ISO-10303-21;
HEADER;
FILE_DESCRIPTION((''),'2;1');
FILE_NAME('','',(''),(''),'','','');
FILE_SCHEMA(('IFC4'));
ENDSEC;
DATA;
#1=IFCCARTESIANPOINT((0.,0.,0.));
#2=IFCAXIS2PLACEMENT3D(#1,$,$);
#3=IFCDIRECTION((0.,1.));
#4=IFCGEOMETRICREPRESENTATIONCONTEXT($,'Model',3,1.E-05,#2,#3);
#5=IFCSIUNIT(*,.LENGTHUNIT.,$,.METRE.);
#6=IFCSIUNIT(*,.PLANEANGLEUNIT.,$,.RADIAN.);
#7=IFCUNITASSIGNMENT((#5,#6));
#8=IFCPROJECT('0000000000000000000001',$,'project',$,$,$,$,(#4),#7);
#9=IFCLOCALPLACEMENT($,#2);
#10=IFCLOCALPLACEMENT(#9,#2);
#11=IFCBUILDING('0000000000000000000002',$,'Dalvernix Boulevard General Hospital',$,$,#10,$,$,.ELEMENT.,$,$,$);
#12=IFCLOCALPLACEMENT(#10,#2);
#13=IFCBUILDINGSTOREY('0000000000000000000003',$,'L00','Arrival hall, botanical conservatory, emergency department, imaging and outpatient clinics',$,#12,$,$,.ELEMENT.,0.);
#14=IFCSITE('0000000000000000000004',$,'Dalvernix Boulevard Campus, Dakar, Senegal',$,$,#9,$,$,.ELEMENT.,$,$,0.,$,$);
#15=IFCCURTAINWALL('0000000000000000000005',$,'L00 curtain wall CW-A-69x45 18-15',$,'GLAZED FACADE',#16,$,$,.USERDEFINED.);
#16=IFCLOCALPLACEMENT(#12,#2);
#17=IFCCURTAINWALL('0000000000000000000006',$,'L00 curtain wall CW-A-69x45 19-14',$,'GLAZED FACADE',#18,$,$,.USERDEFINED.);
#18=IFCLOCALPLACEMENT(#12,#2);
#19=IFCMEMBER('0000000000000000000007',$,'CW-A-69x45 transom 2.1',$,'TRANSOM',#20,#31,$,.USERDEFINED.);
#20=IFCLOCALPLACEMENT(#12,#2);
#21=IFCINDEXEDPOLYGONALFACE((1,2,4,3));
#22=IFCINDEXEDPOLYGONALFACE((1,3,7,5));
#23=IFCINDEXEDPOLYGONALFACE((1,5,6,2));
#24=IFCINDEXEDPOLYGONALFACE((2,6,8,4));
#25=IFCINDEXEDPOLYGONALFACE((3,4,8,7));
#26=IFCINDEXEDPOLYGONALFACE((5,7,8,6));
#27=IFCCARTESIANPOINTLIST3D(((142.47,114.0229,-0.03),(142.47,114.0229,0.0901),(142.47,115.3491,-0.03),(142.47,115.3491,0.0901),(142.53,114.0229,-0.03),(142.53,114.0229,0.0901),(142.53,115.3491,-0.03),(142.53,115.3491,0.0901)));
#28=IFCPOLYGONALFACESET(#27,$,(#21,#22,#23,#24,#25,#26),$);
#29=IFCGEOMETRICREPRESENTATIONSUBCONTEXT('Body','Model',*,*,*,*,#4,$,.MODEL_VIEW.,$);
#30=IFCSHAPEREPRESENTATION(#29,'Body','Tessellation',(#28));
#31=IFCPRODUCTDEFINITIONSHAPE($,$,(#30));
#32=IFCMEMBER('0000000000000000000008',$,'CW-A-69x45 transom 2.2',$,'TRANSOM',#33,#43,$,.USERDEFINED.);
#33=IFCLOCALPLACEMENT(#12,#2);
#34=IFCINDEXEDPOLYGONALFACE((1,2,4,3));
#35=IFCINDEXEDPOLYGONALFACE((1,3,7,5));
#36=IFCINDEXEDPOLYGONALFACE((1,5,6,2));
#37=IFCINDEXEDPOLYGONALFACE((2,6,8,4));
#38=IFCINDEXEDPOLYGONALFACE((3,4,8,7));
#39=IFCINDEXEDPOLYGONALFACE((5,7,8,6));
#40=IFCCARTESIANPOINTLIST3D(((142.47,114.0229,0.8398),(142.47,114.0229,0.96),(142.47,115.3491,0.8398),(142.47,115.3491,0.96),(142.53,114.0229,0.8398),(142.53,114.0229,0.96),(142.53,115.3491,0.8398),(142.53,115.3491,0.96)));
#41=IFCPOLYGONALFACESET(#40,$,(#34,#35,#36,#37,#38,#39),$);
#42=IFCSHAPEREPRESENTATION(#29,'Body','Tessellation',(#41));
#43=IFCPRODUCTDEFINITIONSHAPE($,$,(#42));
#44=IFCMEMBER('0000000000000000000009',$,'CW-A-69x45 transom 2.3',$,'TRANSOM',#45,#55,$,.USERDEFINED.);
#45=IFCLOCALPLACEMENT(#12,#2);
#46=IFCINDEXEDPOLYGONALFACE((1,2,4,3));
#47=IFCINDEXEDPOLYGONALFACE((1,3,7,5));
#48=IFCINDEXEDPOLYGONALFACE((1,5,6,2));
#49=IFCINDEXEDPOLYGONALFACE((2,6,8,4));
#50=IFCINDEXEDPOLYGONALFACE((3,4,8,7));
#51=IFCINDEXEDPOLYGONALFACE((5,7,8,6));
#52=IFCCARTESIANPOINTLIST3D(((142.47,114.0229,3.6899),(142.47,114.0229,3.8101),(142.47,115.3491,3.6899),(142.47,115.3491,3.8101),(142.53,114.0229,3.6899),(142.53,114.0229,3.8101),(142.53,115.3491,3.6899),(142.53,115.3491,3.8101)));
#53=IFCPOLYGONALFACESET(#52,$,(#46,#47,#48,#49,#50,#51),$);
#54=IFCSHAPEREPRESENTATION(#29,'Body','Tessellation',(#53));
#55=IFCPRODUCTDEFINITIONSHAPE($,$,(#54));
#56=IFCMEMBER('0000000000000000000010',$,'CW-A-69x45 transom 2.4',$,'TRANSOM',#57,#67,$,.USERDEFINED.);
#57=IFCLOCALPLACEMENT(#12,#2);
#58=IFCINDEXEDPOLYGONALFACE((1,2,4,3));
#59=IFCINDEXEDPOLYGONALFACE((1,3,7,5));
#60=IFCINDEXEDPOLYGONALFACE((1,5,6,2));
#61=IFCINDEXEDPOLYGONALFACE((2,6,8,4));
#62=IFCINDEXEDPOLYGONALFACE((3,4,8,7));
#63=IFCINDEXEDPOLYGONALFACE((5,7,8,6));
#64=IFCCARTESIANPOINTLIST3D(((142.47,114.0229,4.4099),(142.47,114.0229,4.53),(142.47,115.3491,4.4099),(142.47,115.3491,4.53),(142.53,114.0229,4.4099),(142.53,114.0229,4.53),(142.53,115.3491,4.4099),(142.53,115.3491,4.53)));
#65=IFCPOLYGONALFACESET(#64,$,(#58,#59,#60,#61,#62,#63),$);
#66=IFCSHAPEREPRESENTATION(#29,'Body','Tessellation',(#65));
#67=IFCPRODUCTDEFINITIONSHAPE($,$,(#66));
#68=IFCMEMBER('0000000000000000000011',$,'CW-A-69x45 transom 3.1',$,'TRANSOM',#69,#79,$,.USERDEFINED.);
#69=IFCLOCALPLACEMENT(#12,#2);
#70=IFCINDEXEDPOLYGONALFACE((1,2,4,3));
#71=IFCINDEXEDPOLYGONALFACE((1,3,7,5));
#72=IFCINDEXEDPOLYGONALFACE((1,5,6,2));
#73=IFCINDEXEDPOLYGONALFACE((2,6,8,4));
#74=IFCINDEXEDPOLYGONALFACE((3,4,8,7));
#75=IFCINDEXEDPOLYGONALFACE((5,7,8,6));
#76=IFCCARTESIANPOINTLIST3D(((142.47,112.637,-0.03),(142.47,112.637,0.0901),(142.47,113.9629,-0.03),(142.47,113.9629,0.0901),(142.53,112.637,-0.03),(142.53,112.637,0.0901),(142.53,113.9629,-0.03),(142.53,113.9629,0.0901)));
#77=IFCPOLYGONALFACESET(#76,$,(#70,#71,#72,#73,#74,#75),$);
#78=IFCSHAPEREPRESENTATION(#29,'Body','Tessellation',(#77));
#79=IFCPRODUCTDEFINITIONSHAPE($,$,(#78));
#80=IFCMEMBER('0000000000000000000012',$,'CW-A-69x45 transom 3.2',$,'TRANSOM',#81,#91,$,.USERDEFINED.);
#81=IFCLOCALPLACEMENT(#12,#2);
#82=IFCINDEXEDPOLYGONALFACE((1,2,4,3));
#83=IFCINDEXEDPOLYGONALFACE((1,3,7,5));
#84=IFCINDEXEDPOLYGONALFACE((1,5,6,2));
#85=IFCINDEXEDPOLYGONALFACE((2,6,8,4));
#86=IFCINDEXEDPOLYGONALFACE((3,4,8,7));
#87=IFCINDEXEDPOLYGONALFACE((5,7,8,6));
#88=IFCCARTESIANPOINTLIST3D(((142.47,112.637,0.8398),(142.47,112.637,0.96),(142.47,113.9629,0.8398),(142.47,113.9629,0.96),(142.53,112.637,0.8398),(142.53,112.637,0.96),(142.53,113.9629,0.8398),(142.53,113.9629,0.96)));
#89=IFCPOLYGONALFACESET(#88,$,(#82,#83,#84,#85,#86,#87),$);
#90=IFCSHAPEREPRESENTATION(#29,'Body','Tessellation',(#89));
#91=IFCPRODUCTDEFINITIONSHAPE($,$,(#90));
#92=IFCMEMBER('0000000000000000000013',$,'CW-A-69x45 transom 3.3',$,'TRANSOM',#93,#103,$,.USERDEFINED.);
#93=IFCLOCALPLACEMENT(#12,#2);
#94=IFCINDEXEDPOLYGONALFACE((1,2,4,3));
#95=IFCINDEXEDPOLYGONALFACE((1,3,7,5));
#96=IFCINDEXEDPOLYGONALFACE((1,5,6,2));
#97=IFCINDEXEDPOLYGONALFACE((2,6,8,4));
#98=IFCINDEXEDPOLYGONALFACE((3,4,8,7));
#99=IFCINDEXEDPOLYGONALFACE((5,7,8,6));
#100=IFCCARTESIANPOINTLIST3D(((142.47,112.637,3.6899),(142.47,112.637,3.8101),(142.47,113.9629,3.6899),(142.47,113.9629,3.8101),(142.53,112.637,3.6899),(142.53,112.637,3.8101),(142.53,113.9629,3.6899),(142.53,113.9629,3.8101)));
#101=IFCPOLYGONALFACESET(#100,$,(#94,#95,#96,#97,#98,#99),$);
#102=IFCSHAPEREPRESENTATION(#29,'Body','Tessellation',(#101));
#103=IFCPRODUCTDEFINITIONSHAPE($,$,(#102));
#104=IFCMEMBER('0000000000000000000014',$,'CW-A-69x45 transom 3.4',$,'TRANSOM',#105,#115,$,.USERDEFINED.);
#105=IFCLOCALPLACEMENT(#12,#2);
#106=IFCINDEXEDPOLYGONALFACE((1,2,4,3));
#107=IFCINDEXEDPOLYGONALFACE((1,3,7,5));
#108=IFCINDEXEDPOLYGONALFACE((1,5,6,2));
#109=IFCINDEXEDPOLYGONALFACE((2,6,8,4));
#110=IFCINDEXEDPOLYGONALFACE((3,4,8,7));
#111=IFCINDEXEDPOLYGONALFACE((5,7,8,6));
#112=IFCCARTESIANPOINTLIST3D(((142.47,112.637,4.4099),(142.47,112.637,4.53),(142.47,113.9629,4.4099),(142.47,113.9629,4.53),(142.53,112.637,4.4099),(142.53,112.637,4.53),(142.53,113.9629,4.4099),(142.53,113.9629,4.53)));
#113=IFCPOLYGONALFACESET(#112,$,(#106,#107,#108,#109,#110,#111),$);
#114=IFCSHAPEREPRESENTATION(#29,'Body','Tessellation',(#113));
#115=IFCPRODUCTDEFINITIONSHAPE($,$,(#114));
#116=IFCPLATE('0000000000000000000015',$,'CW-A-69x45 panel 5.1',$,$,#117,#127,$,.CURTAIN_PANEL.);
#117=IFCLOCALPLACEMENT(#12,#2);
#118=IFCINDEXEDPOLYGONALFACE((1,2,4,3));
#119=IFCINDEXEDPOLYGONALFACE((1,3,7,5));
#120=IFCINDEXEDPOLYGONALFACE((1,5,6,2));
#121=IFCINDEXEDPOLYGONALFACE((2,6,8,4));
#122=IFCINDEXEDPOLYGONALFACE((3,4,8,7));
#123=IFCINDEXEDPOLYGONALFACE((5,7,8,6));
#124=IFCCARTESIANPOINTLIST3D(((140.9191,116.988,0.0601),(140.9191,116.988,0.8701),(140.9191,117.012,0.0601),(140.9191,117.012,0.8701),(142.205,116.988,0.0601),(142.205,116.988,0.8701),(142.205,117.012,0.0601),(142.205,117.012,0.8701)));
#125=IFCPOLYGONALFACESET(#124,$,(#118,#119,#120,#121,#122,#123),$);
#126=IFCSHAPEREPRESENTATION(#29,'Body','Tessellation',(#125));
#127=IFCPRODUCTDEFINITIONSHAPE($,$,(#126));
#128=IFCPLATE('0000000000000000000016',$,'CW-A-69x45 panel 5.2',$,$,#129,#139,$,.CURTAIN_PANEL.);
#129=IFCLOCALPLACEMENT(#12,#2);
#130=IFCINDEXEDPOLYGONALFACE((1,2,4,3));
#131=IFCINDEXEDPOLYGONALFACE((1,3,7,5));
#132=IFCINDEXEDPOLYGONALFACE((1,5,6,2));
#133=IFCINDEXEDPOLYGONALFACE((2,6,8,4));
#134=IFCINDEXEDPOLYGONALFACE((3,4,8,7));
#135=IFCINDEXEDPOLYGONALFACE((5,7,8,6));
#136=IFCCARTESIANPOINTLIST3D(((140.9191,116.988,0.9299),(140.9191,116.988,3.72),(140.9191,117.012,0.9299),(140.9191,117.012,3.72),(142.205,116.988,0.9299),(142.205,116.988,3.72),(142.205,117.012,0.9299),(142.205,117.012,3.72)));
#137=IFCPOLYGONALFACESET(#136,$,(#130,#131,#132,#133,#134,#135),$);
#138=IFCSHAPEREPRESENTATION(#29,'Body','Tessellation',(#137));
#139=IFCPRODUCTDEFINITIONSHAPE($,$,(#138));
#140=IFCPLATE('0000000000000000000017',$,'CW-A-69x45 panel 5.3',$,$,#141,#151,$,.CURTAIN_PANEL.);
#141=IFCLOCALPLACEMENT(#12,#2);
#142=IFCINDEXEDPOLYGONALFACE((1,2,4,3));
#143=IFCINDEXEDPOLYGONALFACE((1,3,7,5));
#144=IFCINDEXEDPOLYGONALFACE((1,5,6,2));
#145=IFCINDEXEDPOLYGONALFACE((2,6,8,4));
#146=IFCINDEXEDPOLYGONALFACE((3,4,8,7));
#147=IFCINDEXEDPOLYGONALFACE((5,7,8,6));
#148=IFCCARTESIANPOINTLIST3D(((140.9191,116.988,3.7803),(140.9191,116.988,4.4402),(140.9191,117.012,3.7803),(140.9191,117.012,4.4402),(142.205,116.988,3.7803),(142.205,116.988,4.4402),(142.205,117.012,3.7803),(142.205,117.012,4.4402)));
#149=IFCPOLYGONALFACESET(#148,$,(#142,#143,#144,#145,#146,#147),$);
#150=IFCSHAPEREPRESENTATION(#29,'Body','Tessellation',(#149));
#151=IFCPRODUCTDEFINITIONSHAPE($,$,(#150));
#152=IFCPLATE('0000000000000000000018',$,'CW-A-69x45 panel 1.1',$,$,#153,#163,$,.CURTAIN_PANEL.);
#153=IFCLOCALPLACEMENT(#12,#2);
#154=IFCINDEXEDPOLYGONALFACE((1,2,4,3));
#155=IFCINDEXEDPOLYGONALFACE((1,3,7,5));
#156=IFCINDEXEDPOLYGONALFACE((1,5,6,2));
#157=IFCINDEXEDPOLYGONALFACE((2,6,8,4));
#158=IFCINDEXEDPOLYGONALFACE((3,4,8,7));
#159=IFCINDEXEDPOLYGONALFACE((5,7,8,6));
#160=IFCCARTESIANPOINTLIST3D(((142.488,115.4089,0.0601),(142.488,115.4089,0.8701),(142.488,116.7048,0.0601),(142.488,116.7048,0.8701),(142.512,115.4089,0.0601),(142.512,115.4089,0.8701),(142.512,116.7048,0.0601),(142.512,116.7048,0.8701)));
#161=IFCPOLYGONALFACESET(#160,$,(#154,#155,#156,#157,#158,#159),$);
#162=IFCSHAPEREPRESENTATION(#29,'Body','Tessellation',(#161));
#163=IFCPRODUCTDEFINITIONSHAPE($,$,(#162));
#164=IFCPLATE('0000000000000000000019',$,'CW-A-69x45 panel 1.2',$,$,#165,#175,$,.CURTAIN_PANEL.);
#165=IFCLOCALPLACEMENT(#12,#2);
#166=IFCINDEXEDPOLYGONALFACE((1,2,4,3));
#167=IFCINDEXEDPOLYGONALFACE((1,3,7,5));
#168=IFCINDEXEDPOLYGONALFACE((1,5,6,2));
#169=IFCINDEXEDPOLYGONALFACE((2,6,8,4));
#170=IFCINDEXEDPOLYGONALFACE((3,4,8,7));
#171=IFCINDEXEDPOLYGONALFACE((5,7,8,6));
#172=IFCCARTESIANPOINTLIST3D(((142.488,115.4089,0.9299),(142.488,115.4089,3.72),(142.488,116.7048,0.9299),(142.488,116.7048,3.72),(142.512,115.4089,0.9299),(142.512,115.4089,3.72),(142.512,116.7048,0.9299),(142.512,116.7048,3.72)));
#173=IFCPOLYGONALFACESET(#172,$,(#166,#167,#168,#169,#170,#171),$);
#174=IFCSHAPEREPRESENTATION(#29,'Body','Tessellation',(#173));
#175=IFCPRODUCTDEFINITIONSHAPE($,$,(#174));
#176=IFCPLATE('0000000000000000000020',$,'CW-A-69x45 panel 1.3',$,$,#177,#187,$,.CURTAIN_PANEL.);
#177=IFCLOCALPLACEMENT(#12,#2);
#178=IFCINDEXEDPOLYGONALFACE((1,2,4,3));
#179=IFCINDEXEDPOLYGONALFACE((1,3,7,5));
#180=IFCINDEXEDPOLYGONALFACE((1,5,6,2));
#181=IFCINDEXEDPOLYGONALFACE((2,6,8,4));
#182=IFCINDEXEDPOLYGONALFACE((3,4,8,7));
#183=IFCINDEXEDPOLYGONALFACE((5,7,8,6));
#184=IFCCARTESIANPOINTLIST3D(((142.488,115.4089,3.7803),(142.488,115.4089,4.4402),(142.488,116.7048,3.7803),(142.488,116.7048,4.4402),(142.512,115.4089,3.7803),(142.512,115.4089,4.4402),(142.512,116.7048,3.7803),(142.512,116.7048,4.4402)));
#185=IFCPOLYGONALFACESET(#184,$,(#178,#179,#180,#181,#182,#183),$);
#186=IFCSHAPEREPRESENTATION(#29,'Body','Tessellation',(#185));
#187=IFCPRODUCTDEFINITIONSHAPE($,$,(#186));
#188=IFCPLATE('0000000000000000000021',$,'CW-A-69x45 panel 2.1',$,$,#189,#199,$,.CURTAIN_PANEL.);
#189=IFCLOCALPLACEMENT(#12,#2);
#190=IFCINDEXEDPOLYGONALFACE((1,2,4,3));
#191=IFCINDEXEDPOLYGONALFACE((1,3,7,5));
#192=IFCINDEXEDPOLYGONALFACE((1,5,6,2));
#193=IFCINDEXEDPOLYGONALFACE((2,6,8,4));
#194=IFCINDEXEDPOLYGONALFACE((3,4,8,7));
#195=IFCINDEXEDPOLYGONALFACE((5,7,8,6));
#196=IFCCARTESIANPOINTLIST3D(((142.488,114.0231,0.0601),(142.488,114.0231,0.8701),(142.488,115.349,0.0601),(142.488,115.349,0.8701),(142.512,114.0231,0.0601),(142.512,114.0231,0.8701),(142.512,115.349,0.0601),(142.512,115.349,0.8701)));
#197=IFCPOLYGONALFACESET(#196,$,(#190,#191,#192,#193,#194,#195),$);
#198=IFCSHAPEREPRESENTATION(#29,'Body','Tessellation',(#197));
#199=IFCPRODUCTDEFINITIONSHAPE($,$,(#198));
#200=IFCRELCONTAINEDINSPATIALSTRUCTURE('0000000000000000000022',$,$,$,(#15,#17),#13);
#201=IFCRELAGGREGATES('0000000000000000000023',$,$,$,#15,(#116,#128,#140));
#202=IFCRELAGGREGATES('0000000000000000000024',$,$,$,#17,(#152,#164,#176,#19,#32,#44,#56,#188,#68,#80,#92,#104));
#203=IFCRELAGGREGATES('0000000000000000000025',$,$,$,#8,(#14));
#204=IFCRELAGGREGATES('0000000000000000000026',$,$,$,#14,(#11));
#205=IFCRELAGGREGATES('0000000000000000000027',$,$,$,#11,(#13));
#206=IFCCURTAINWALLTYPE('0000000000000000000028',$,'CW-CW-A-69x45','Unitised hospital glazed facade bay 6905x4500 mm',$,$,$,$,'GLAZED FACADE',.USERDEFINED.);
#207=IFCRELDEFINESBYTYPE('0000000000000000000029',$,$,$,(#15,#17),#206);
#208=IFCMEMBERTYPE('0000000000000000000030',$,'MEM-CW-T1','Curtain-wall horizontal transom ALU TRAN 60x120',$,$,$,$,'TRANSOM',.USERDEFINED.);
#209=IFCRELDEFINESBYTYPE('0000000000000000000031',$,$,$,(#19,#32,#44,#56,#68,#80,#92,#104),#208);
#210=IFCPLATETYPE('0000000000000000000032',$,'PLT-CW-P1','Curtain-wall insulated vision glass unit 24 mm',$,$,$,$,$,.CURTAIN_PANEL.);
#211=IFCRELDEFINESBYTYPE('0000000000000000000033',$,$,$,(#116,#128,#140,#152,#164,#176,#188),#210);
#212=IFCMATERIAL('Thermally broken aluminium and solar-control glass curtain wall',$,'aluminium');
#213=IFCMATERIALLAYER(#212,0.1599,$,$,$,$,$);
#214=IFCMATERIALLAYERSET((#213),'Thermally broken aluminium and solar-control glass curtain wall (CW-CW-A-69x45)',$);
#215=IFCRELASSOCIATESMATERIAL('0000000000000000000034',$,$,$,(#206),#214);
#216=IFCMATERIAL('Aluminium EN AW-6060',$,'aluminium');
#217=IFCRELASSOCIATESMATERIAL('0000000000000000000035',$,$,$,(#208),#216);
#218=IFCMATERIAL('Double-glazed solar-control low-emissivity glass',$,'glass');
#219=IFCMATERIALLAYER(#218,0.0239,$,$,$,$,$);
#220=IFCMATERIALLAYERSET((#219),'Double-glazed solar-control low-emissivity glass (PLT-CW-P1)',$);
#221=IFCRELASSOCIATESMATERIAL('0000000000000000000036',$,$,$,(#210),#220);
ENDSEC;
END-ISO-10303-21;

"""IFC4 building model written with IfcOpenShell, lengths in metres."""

from ifc_helpers import new_model, si_unit, direction, frame, origin, origin_2d, place, context, subcontext, project, spatial, rectangle, extrude, material, layer, layer_set, material_profile, profile_set, type_object, element, aggregate, save


model = new_model("IFC4")

# Units and contexts
model_context = context("Model", 3, precision=1e-05, world=origin(), true_north=direction((0.0, 1.0)))
body_context = subcontext(model_context, "Body", "Model", "MODEL_VIEW")
ifc_project = project(units=[si_unit("LENGTHUNIT", "METRE"), si_unit("PLANEANGLEUNIT", "RADIAN")], contexts=[model_context])

# Site, building, storey
site_placement = place(None, origin())
site = spatial("IfcSite", under=ifc_project, at=site_placement, Name="Dalvernix Boulevard Campus, Dakar, Senegal", CompositionType="ELEMENT", RefElevation=0.0)
building_placement = place(site_placement, origin())
building = spatial("IfcBuilding", under=site, at=building_placement, Name="Dalvernix Boulevard General Hospital", CompositionType="ELEMENT")
storey_placement = place(building_placement, origin())
storey = spatial("IfcBuildingStorey", under=building, at=storey_placement, Name="L00", Description="Arrival hall, botanical conservatory, emergency department, imaging and outpatient clinics", CompositionType="ELEMENT", Elevation=0.0)

# Curtain wall
ifc_material_1 = material(Name="Thermally broken aluminium and solar-control glass curtain wall", Category="aluminium")
ifc_layer_1 = layer(ifc_material_1, 0.1599)
ifc_layer_set_1 = layer_set([ifc_layer_1], Name="Thermally broken aluminium and solar-control glass curtain wall (CW-CW-A-69x45)")
curtain_wall_type = type_object("IfcCurtainWallType", Name="CW-CW-A-69x45", Description="Unitised hospital glazed facade bay 6905x4500 mm", ElementType="GLAZED FACADE", PredefinedType="USERDEFINED", material=ifc_layer_set_1)
curtain_wall_1_placement = place(storey_placement, origin())
curtain_wall_1 = element("IfcCurtainWall", 1, at=curtain_wall_1_placement, inside=storey, type_object=curtain_wall_type, Name="L00 curtain wall CW-A-69x45 18-15", ObjectType="GLAZED FACADE", PredefinedType="USERDEFINED")
ifc_material_2 = material(Name="Aluminium EN AW-6060", Category="aluminium")

# Curtain wall
curtain_wall_2_placement = place(storey_placement, origin())
curtain_wall_2 = element("IfcCurtainWall", 2, at=curtain_wall_2_placement, inside=storey, type_object=curtain_wall_type, Name="L00 curtain wall CW-A-69x45 19-14", ObjectType="GLAZED FACADE", PredefinedType="USERDEFINED")

# Members
ifc_material_profile_1 = material_profile(ifc_material_2, rectangle(XDim=0.0601, YDim=0.1201, at=origin_2d()), Name="ALU TRAN 60x120")
ifc_profile_set_1 = profile_set([ifc_material_profile_1], Name="Aluminium EN AW-6060")
member_type_1 = type_object("IfcMemberType", Name="MEM-CW-T1", Description="Curtain-wall horizontal transom ALU TRAN 60x120", ElementType="TRANSOM", PredefinedType="USERDEFINED", material=ifc_profile_set_1)
member_1_placement = place(storey_placement, frame((142.5, 115.3491, 0.03), z_axis=(0.0, -1.0, 0.0), x_axis=(1.0, 0.0, 0.0)))
member_1 = element("IfcMember", 3, at=member_1_placement, type_object=member_type_1, Name="CW-A-69x45 transom 2.1", ObjectType="TRANSOM", PredefinedType="USERDEFINED", context=body_context, shape_type="SweptSolid", body=[
    extrude(rectangle(XDim=0.0601, YDim=0.1201, at=origin_2d()), origin(), (0.0, 0.0, 1.0), 1.3262),
])
member_2_placement = place(storey_placement, frame((142.5, 115.3491, 0.8999), z_axis=(0.0, -1.0, 0.0), x_axis=(1.0, 0.0, 0.0)))
member_2 = element("IfcMember", 4, at=member_2_placement, type_object=member_type_1, Name="CW-A-69x45 transom 2.2", ObjectType="TRANSOM", PredefinedType="USERDEFINED", context=body_context, shape_type="SweptSolid", body=[
    extrude(rectangle(XDim=0.0601, YDim=0.1201, at=origin_2d()), origin(), (0.0, 0.0, 1.0), 1.3262),
])
member_3_placement = place(storey_placement, frame((142.5, 115.3491, 3.75), z_axis=(0.0, -1.0, 0.0), x_axis=(1.0, 0.0, 0.0)))
member_3 = element("IfcMember", 5, at=member_3_placement, type_object=member_type_1, Name="CW-A-69x45 transom 2.3", ObjectType="TRANSOM", PredefinedType="USERDEFINED", context=body_context, shape_type="SweptSolid", body=[
    extrude(rectangle(XDim=0.0601, YDim=0.1201, at=origin_2d()), origin(), (0.0, 0.0, 1.0), 1.3262),
])
member_4_placement = place(storey_placement, frame((142.5, 115.3491, 4.47), z_axis=(0.0, -1.0, 0.0), x_axis=(1.0, 0.0, 0.0)))
member_4 = element("IfcMember", 6, at=member_4_placement, type_object=member_type_1, Name="CW-A-69x45 transom 2.4", ObjectType="TRANSOM", PredefinedType="USERDEFINED", context=body_context, shape_type="SweptSolid", body=[
    extrude(rectangle(XDim=0.0601, YDim=0.1201, at=origin_2d()), origin(), (0.0, 0.0, 1.0), 1.3262),
])
member_5_placement = place(storey_placement, frame((142.5, 113.9629, 0.03), z_axis=(0.0, -1.0, 0.0), x_axis=(1.0, 0.0, 0.0)))
member_5 = element("IfcMember", 7, at=member_5_placement, type_object=member_type_1, Name="CW-A-69x45 transom 3.1", ObjectType="TRANSOM", PredefinedType="USERDEFINED", context=body_context, shape_type="SweptSolid", body=[
    extrude(rectangle(XDim=0.0601, YDim=0.1201, at=origin_2d()), origin(), (0.0, 0.0, 1.0), 1.3259),
])
member_6_placement = place(storey_placement, frame((142.5, 113.9629, 0.8999), z_axis=(0.0, -1.0, 0.0), x_axis=(1.0, 0.0, 0.0)))
member_6 = element("IfcMember", 8, at=member_6_placement, type_object=member_type_1, Name="CW-A-69x45 transom 3.2", ObjectType="TRANSOM", PredefinedType="USERDEFINED", context=body_context, shape_type="SweptSolid", body=[
    extrude(rectangle(XDim=0.0601, YDim=0.1201, at=origin_2d()), origin(), (0.0, 0.0, 1.0), 1.3259),
])
member_7_placement = place(storey_placement, frame((142.5, 113.9629, 3.75), z_axis=(0.0, -1.0, 0.0), x_axis=(1.0, 0.0, 0.0)))
member_7 = element("IfcMember", 9, at=member_7_placement, type_object=member_type_1, Name="CW-A-69x45 transom 3.3", ObjectType="TRANSOM", PredefinedType="USERDEFINED", context=body_context, shape_type="SweptSolid", body=[
    extrude(rectangle(XDim=0.0601, YDim=0.1201, at=origin_2d()), origin(), (0.0, 0.0, 1.0), 1.3259),
])
member_8_placement = place(storey_placement, frame((142.5, 113.9629, 4.47), z_axis=(0.0, -1.0, 0.0), x_axis=(1.0, 0.0, 0.0)))
member_8 = element("IfcMember", 10, at=member_8_placement, type_object=member_type_1, Name="CW-A-69x45 transom 3.4", ObjectType="TRANSOM", PredefinedType="USERDEFINED", context=body_context, shape_type="SweptSolid", body=[
    extrude(rectangle(XDim=0.0601, YDim=0.1201, at=origin_2d()), origin(), (0.0, 0.0, 1.0), 1.3259),
])

# Plates
ifc_material_3 = material(Name="Double-glazed solar-control low-emissivity glass", Category="glass")
ifc_layer_2 = layer(ifc_material_3, 0.0239)
ifc_layer_set_2 = layer_set([ifc_layer_2], Name="Double-glazed solar-control low-emissivity glass (PLT-CW-P1)")
plate_type = type_object("IfcPlateType", Name="PLT-CW-P1", Description="Curtain-wall insulated vision glass unit 24 mm", PredefinedType="CURTAIN_PANEL", material=ifc_layer_set_2)
plate_1_placement = place(storey_placement, frame((141.562, 117.0, 0.0601), z_axis=(0.0, 0.0, 1.0), x_axis=(1.0, 0.0, 0.0)))
plate_1 = element("IfcPlate", 11, at=plate_1_placement, type_object=plate_type, Name="CW-A-69x45 panel 5.1", PredefinedType="CURTAIN_PANEL", context=body_context, shape_type="SweptSolid", body=[
    extrude(rectangle(XDim=1.2859, YDim=0.0239, at=origin_2d()), origin(), (0.0, 0.0, 1.0), 0.8101),
])
plate_2_placement = place(storey_placement, frame((141.562, 117.0, 0.9299), z_axis=(0.0, 0.0, 1.0), x_axis=(1.0, 0.0, 0.0)))
plate_2 = element("IfcPlate", 12, at=plate_2_placement, type_object=plate_type, Name="CW-A-69x45 panel 5.2", PredefinedType="CURTAIN_PANEL", context=body_context, shape_type="SweptSolid", body=[
    extrude(rectangle(XDim=1.2859, YDim=0.0239, at=origin_2d()), origin(), (0.0, 0.0, 1.0), 2.79),
])
plate_3_placement = place(storey_placement, frame((141.562, 117.0, 3.7803), z_axis=(0.0, 0.0, 1.0), x_axis=(1.0, 0.0, 0.0)))
plate_3 = element("IfcPlate", 13, at=plate_3_placement, type_object=plate_type, Name="CW-A-69x45 panel 5.3", PredefinedType="CURTAIN_PANEL", context=body_context, shape_type="SweptSolid", body=[
    extrude(rectangle(XDim=1.2859, YDim=0.0239, at=origin_2d()), origin(), (0.0, 0.0, 1.0), 0.6599),
])
aggregate(curtain_wall_1, [plate_1, plate_2, plate_3])
plate_4_placement = place(storey_placement, frame((142.5, 116.0569, 0.0601), z_axis=(0.0, 0.0, 1.0), x_axis=(0.0, -1.0, 0.0)))
plate_4 = element("IfcPlate", 14, at=plate_4_placement, type_object=plate_type, Name="CW-A-69x45 panel 1.1", PredefinedType="CURTAIN_PANEL", context=body_context, shape_type="SweptSolid", body=[
    extrude(rectangle(XDim=1.2959, YDim=0.0239, at=origin_2d()), origin(), (0.0, 0.0, 1.0), 0.8101),
])
plate_5_placement = place(storey_placement, frame((142.5, 116.0569, 0.9299), z_axis=(0.0, 0.0, 1.0), x_axis=(0.0, -1.0, 0.0)))
plate_5 = element("IfcPlate", 15, at=plate_5_placement, type_object=plate_type, Name="CW-A-69x45 panel 1.2", PredefinedType="CURTAIN_PANEL", context=body_context, shape_type="SweptSolid", body=[
    extrude(rectangle(XDim=1.2959, YDim=0.0239, at=origin_2d()), origin(), (0.0, 0.0, 1.0), 2.79),
])
plate_6_placement = place(storey_placement, frame((142.5, 116.0569, 3.7803), z_axis=(0.0, 0.0, 1.0), x_axis=(0.0, -1.0, 0.0)))
plate_6 = element("IfcPlate", 16, at=plate_6_placement, type_object=plate_type, Name="CW-A-69x45 panel 1.3", PredefinedType="CURTAIN_PANEL", context=body_context, shape_type="SweptSolid", body=[
    extrude(rectangle(XDim=1.2959, YDim=0.0239, at=origin_2d()), origin(), (0.0, 0.0, 1.0), 0.6599),
])
plate_7_placement = place(storey_placement, frame((142.5, 114.686, 0.0601), z_axis=(0.0, 0.0, 1.0), x_axis=(0.0, -1.0, 0.0)))
plate_7 = element("IfcPlate", 17, at=plate_7_placement, type_object=plate_type, Name="CW-A-69x45 panel 2.1", PredefinedType="CURTAIN_PANEL", context=body_context, shape_type="SweptSolid", body=[
    extrude(rectangle(XDim=1.3259, YDim=0.0239, at=origin_2d()), origin(), (0.0, 0.0, 1.0), 0.8101),
])
aggregate(curtain_wall_2, [plate_4, plate_5, plate_6, member_1, member_2, member_3, member_4, plate_7, member_5, member_6, member_7, member_8])

save(model, "model.ifc")
